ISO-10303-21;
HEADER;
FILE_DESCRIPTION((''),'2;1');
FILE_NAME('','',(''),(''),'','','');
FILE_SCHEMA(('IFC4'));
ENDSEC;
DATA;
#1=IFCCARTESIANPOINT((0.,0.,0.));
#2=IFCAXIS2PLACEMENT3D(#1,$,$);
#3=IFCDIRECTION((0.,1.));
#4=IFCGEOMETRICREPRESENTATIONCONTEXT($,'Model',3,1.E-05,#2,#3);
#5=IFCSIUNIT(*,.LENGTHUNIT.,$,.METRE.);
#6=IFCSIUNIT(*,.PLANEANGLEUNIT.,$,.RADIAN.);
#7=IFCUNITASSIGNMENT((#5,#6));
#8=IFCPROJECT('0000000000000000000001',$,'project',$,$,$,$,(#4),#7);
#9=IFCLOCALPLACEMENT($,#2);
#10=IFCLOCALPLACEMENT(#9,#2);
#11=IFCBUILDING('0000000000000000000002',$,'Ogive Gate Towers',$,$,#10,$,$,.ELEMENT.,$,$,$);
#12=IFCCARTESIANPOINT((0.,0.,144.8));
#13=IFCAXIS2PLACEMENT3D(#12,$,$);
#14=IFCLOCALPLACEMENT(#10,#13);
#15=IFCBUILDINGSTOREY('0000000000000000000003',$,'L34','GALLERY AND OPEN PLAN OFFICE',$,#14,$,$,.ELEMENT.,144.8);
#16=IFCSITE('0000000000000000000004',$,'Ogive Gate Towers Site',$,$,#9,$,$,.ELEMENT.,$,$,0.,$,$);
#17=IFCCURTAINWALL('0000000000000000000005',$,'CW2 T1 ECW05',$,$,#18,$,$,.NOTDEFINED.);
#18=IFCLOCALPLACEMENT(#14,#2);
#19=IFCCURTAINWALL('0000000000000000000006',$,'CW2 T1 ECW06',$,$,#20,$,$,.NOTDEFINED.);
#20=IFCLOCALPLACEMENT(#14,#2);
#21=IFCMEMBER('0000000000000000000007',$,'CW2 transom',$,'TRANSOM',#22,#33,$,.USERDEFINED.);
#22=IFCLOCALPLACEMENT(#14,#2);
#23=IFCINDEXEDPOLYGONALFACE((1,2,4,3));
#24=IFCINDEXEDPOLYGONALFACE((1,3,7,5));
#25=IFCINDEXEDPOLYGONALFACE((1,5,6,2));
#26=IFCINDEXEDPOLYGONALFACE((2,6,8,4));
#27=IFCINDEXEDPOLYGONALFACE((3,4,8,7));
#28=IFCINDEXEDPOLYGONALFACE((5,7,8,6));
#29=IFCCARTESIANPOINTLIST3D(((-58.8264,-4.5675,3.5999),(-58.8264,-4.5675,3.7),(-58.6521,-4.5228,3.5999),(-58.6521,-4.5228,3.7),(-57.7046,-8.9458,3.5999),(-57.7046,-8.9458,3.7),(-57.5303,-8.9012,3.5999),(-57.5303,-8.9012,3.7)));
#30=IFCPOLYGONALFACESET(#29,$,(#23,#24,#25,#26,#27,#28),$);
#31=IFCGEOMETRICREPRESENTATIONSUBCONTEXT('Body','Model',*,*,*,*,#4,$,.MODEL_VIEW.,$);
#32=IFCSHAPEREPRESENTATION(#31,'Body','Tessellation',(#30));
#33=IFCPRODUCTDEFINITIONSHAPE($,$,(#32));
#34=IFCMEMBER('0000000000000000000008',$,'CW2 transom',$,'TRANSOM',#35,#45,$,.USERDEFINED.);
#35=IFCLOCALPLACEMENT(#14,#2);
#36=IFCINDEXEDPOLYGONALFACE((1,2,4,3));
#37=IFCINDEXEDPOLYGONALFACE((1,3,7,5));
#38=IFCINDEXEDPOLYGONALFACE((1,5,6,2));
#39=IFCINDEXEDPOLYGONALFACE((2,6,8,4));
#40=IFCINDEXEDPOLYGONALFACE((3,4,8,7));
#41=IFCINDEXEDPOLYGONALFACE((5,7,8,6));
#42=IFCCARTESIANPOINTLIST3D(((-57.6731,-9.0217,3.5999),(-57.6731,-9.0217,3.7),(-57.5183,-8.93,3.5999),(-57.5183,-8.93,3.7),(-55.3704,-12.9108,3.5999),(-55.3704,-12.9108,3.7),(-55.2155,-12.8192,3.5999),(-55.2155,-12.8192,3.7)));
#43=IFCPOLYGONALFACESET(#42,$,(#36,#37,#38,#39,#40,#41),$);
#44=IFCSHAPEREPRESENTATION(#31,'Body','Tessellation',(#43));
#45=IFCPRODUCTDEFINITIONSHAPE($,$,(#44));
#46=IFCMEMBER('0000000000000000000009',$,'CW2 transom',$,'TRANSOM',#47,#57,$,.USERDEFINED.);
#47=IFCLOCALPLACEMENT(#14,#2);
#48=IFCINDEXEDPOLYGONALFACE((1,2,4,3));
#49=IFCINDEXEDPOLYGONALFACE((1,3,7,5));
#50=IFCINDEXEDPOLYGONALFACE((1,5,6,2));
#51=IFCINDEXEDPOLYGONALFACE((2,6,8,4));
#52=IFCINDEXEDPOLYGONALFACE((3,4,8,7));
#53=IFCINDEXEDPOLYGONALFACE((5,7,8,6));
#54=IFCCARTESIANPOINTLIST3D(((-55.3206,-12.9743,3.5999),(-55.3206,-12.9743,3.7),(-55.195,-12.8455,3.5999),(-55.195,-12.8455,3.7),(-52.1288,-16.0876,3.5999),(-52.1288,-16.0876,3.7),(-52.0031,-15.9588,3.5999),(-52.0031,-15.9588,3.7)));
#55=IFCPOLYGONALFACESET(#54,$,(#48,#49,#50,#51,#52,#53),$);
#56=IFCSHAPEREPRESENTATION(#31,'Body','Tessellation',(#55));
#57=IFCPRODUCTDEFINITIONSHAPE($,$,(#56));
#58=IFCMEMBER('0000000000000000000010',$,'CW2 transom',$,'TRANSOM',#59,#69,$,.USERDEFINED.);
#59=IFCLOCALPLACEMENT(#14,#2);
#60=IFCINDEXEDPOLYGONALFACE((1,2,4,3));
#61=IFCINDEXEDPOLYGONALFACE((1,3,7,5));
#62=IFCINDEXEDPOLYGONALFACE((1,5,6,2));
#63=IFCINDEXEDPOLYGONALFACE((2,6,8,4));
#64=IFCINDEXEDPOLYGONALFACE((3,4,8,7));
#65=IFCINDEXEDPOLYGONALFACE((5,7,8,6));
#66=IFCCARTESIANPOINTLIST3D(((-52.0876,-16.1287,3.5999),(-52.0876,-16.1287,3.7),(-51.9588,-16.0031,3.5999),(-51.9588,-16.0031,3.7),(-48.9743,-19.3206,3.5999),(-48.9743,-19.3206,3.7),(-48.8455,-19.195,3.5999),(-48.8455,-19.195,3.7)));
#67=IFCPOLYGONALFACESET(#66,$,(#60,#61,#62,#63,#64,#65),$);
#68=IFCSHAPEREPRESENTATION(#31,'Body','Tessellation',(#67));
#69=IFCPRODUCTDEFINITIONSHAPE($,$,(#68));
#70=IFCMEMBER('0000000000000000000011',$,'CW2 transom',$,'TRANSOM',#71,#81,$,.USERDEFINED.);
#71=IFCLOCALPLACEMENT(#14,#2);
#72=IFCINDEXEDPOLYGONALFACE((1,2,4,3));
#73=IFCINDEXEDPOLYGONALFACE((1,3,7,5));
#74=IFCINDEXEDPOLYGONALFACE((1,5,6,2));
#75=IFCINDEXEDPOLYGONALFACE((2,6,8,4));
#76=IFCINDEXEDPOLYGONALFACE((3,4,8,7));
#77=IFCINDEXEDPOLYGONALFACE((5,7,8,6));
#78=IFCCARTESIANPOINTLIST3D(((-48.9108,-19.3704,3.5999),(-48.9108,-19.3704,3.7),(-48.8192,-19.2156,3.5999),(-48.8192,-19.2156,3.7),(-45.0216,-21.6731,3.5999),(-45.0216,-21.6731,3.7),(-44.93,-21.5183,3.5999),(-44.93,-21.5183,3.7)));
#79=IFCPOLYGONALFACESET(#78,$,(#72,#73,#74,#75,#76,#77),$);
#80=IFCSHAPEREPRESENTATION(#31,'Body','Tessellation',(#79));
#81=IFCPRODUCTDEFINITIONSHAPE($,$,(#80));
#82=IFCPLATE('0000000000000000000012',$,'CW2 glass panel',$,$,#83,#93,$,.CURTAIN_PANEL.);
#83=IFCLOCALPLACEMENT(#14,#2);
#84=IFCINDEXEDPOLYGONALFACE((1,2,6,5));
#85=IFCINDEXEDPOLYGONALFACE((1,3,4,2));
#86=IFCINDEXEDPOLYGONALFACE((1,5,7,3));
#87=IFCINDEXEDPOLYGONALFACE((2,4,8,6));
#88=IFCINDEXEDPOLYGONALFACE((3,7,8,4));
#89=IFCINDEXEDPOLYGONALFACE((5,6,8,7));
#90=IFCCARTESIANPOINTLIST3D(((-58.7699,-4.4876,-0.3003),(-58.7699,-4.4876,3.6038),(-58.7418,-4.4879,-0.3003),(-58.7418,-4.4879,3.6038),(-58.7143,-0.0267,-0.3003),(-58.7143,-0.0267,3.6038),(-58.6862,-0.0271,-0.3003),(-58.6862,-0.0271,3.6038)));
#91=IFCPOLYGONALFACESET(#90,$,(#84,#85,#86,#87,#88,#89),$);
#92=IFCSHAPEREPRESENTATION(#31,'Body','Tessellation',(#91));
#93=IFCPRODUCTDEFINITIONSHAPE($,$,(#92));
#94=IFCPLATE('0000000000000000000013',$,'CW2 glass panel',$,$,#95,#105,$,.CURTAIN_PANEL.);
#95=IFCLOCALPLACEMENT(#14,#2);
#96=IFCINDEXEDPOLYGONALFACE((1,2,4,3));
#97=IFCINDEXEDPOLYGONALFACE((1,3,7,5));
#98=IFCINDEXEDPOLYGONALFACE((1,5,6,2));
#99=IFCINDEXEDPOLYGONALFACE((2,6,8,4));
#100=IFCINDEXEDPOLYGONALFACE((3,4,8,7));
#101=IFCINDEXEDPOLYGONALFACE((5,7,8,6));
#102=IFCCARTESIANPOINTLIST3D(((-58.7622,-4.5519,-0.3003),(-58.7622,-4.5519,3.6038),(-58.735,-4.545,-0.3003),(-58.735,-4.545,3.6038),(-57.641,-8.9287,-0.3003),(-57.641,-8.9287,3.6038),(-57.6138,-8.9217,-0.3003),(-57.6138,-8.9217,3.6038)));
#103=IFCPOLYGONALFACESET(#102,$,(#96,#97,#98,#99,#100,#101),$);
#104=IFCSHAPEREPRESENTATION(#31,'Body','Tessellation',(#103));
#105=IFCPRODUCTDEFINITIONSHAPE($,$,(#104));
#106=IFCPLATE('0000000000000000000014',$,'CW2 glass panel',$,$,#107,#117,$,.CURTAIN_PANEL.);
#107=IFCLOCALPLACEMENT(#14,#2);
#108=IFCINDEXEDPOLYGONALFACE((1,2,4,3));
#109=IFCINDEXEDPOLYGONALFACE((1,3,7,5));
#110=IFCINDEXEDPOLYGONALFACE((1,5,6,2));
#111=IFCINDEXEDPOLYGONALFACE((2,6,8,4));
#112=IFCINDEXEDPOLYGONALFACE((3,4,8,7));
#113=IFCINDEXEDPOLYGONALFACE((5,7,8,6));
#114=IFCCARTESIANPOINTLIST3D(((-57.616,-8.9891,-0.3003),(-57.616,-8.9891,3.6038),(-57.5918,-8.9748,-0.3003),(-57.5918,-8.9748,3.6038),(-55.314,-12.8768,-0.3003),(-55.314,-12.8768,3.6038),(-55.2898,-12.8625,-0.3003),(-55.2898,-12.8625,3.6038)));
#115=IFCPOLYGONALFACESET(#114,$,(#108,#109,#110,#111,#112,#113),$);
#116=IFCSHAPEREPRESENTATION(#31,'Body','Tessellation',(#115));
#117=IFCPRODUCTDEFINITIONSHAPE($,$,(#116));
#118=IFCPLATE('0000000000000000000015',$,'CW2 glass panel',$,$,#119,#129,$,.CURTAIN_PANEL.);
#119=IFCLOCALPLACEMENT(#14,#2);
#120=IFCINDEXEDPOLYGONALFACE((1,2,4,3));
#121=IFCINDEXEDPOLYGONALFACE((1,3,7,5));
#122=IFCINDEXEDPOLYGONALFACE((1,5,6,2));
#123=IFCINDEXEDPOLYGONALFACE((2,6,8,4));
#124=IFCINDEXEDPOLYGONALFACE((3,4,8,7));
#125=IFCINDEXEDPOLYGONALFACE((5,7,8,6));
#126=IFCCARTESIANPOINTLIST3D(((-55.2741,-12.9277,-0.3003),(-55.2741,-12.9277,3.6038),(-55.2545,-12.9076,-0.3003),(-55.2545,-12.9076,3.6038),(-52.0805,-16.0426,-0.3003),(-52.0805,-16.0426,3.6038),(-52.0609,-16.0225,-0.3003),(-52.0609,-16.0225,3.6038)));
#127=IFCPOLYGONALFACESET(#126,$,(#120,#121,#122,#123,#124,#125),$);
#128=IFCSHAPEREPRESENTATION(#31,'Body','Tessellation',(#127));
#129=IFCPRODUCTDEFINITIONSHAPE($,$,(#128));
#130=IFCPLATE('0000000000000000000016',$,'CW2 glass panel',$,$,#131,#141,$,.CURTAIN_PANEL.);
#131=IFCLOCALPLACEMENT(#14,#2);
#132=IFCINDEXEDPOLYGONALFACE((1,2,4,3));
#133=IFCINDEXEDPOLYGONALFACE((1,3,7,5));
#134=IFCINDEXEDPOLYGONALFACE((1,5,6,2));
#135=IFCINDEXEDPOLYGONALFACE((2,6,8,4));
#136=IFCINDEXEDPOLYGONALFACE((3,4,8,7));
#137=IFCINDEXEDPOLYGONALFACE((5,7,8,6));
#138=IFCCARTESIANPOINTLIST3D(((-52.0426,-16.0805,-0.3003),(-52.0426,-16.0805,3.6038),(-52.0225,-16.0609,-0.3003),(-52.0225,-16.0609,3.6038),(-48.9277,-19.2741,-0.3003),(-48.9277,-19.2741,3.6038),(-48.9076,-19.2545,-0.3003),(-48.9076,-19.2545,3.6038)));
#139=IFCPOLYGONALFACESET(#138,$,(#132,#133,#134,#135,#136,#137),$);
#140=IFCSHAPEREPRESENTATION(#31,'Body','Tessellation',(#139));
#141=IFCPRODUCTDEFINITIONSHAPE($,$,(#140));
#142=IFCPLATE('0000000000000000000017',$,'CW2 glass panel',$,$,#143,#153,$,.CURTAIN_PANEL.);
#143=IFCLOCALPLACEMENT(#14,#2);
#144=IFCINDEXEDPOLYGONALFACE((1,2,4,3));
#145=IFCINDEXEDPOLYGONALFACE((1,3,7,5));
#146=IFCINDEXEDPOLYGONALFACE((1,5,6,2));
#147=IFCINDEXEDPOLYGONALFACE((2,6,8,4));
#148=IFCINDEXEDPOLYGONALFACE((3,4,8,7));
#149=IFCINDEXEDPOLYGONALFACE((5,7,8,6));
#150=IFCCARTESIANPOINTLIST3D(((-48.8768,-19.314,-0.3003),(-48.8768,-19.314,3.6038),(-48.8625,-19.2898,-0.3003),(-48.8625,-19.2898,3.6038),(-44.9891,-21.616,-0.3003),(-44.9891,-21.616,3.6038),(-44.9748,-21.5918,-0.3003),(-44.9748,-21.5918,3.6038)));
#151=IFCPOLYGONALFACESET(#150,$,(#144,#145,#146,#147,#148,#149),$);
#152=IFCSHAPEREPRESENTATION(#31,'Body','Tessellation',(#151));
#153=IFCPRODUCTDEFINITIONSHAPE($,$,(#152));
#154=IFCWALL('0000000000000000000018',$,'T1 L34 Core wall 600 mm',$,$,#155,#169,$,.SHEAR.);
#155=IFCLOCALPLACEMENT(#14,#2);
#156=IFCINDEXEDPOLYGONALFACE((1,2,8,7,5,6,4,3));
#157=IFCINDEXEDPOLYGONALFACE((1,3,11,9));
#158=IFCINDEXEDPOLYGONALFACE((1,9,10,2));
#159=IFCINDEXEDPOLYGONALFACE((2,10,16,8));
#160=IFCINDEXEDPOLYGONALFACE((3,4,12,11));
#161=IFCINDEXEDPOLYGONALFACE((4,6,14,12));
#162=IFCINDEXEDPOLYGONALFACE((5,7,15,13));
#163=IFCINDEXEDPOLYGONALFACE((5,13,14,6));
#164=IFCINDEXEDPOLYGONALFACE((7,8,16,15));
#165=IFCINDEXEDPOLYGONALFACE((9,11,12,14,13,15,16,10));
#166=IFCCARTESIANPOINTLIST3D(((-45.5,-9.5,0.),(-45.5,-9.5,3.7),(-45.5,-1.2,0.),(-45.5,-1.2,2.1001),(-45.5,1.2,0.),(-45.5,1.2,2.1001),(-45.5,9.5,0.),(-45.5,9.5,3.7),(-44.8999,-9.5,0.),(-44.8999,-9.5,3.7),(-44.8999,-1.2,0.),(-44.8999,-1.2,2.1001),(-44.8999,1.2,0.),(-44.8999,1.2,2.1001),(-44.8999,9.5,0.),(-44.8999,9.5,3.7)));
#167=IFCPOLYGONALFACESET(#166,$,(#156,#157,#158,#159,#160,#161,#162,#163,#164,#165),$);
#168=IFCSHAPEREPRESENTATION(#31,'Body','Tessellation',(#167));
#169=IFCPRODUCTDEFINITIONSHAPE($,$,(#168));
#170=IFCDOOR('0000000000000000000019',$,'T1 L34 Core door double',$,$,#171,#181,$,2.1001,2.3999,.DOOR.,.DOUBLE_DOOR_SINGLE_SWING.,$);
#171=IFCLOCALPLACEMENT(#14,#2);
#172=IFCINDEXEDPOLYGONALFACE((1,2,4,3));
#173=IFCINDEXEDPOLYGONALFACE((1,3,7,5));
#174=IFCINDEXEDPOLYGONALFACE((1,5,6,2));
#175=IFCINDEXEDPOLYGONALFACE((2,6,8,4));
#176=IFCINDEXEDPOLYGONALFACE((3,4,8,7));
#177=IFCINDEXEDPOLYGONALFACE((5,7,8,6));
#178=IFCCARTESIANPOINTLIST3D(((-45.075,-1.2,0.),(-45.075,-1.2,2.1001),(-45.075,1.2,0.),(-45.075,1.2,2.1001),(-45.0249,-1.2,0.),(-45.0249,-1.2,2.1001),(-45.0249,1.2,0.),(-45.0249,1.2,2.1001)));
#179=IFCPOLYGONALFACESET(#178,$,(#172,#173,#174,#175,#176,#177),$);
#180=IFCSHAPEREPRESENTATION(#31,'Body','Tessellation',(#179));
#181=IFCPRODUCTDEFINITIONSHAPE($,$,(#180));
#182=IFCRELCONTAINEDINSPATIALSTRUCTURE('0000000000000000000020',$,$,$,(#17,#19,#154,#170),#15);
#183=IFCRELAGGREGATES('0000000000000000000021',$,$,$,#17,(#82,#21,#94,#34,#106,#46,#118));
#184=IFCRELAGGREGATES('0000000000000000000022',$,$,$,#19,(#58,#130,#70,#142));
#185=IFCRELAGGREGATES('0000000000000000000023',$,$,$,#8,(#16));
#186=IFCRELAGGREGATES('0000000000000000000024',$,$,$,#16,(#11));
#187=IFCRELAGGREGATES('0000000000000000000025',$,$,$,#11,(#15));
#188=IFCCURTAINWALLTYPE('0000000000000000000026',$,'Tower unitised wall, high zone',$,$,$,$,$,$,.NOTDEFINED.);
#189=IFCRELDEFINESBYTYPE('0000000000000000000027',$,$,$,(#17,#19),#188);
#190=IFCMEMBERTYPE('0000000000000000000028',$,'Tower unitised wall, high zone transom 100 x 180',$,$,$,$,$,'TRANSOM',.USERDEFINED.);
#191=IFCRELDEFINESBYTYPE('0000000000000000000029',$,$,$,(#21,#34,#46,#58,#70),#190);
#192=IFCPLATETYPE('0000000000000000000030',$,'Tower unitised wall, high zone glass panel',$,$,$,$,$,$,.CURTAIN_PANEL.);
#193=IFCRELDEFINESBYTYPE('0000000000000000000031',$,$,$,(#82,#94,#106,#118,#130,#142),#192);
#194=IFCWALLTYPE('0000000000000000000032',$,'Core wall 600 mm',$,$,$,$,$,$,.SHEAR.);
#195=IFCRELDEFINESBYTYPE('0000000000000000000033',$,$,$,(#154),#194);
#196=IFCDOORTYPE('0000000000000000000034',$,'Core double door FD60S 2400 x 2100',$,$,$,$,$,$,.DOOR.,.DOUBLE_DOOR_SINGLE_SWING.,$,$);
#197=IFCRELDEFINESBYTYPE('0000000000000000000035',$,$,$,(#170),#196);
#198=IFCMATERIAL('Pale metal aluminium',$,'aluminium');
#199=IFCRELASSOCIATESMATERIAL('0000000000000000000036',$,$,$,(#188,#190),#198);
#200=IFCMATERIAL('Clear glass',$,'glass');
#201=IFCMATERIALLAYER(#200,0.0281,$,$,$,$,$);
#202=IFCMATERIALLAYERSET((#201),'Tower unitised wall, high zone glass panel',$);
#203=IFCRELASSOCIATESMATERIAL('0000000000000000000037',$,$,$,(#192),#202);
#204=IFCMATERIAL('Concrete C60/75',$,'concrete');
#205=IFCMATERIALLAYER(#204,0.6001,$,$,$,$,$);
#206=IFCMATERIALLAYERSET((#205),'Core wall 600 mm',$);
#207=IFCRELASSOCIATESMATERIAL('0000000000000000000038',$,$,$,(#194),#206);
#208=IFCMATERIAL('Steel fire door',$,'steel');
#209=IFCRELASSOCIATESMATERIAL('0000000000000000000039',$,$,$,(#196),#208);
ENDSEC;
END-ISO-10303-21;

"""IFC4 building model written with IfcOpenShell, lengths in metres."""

from ifc_helpers import new_model, si_unit, direction, frame, frame_2d, origin, origin_2d, place, context, subcontext, project, spatial, rectangle, extrude, material, layer, layer_set, material_profile, profile_set, type_object, element, fill, aggregate, save


model = new_model("IFC4")

# Units and contexts
model_context = context("Model", 3, precision=1e-05, world=origin(), true_north=direction((0.0, 1.0)))
body_context = subcontext(model_context, "Body", "Model", "MODEL_VIEW")
ifc_project = project(units=[si_unit("LENGTHUNIT", "METRE"), si_unit("PLANEANGLEUNIT", "RADIAN")], contexts=[model_context])

# Site, building, storey
site_placement = place(None, origin())
site = spatial("IfcSite", under=ifc_project, at=site_placement, Name="Ogive Gate Towers Site", CompositionType="ELEMENT", RefElevation=0.0)
building_placement = place(site_placement, origin())
building = spatial("IfcBuilding", under=site, at=building_placement, Name="Ogive Gate Towers", CompositionType="ELEMENT")
storey_placement = place(building_placement, frame((0.0, 0.0, 144.8)))
storey = spatial("IfcBuildingStorey", under=building, at=storey_placement, Name="L34", Description="GALLERY AND OPEN PLAN OFFICE", CompositionType="ELEMENT", Elevation=144.8)

# Curtain walls
ifc_material_1 = material(Name="Pale metal aluminium", Category="aluminium")
curtain_wall_type = type_object("IfcCurtainWallType", Name="Tower unitised wall, high zone", PredefinedType="NOTDEFINED", material=ifc_material_1)
curtain_wall_1_placement = place(storey_placement, origin())
curtain_wall_1 = element("IfcCurtainWall", 1, at=curtain_wall_1_placement, inside=storey, type_object=curtain_wall_type, Name="CW2 T1 ECW05", PredefinedType="NOTDEFINED")
curtain_wall_2_placement = place(storey_placement, origin())
curtain_wall_2 = element("IfcCurtainWall", 2, at=curtain_wall_2_placement, inside=storey, type_object=curtain_wall_type, Name="CW2 T1 ECW06", PredefinedType="NOTDEFINED")

# Members
ifc_material_profile_1 = material_profile(ifc_material_1, rectangle(XDim=0.1799, YDim=0.1001, at=origin_2d()), Name="100 x 180 aluminium box")
ifc_profile_set_1 = profile_set([ifc_material_profile_1], Name="Pale metal aluminium")
member_type_1 = type_object("IfcMemberType", Name="Tower unitised wall, high zone transom 100 x 180", ElementType="TRANSOM", PredefinedType="USERDEFINED", material=ifc_profile_set_1)
member_1_placement = place(storey_placement, frame((-58.7393, -4.5452, 3.6499), z_axis=(0.2482, -0.968709, 0.0), x_axis=(0.968709, 0.2482, 0.0)))
member_1 = element("IfcMember", 3, at=member_1_placement, type_object=member_type_1, Name="CW2 transom", ObjectType="TRANSOM", PredefinedType="USERDEFINED", context=body_context, shape_type="SweptSolid", body=[
    extrude(rectangle(XDim=0.1799, YDim=0.1001, at=origin_2d()), origin(), (0.0, 0.0, 1.0), 4.5198),
])
member_2_placement = place(storey_placement, frame((-57.5957, -8.9758, 3.6499), z_axis=(0.509483, -0.860481, 0.0), x_axis=(0.860481, 0.509483, 0.0)))
member_2 = element("IfcMember", 4, at=member_2_placement, type_object=member_type_1, Name="CW2 transom", ObjectType="TRANSOM", PredefinedType="USERDEFINED", context=body_context, shape_type="SweptSolid", body=[
    extrude(rectangle(XDim=0.1799, YDim=0.1001, at=origin_2d()), origin(), (0.0, 0.0, 1.0), 4.5198),
])
member_3_placement = place(storey_placement, frame((-55.2578, -12.9099, 3.6499), z_axis=(0.715867, -0.698236, 0.0), x_axis=(0.698236, 0.715867, 0.0)))
member_3 = element("IfcMember", 5, at=member_3_placement, type_object=member_type_1, Name="CW2 transom", ObjectType="TRANSOM", PredefinedType="USERDEFINED", context=body_context, shape_type="SweptSolid", body=[
    extrude(rectangle(XDim=0.1799, YDim=0.1001, at=origin_2d()), origin(), (0.0, 0.0, 1.0), 4.4587),
])
member_4_placement = place(storey_placement, frame((-52.0232, -16.0659, 3.6499), z_axis=(0.698236, -0.715867, 0.0), x_axis=(0.715867, 0.698236, 0.0)))
member_4 = element("IfcMember", 6, at=member_4_placement, type_object=member_type_1, Name="CW2 transom", ObjectType="TRANSOM", PredefinedType="USERDEFINED", context=body_context, shape_type="SweptSolid", body=[
    extrude(rectangle(XDim=0.1799, YDim=0.1001, at=origin_2d()), origin(), (0.0, 0.0, 1.0), 4.4587),
])
member_5_placement = place(storey_placement, frame((-48.865, -19.293, 3.6499), z_axis=(0.860481, -0.509483, 0.0), x_axis=(0.509483, 0.860481, 0.0)))
member_5 = element("IfcMember", 7, at=member_5_placement, type_object=member_type_1, Name="CW2 transom", ObjectType="TRANSOM", PredefinedType="USERDEFINED", context=body_context, shape_type="SweptSolid", body=[
    extrude(rectangle(XDim=0.1799, YDim=0.1001, at=origin_2d()), origin(), (0.0, 0.0, 1.0), 4.5198),
])

# Plates
ifc_material_2 = material(Name="Clear glass", Category="glass")
ifc_layer_1 = layer(ifc_material_2, 0.0281)
ifc_layer_set_1 = layer_set([ifc_layer_1], Name="Tower unitised wall, high zone glass panel")
plate_type = type_object("IfcPlateType", Name="Tower unitised wall, high zone glass panel", PredefinedType="CURTAIN_PANEL", material=ifc_layer_set_1)
plate_1_placement = place(storey_placement, frame((-58.728, -2.2573, -0.3003), z_axis=(0.0, 0.0, 1.0), x_axis=(-0.012461, -0.999922, 0.0)))
plate_1 = element("IfcPlate", 8, at=plate_1_placement, type_object=plate_type, Name="CW2 glass panel", PredefinedType="CURTAIN_PANEL", context=body_context, shape_type="SweptSolid", body=[
    extrude(rectangle(XDim=4.4612, YDim=0.0281, at=origin_2d()), origin(), (0.0, 0.0, 1.0), 3.9041),
])
plate_2_placement = place(storey_placement, frame((-58.188, -6.7368, -0.3003), z_axis=(0.0, 0.0, 1.0), x_axis=(0.248166, -0.968718, 0.0)))
plate_2 = element("IfcPlate", 9, at=plate_2_placement, type_object=plate_type, Name="CW2 glass panel", PredefinedType="CURTAIN_PANEL", context=body_context, shape_type="SweptSolid", body=[
    extrude(rectangle(XDim=4.5181, YDim=0.0281, at=origin_2d()), origin(), (0.0, 0.0, 1.0), 3.9041),
])
plate_3_placement = place(storey_placement, frame((-56.4529, -10.9258, -0.3003), z_axis=(0.0, 0.0, 1.0), x_axis=(0.509507, -0.860466, 0.0)))
plate_3 = element("IfcPlate", 10, at=plate_3_placement, type_object=plate_type, Name="CW2 glass panel", PredefinedType="CURTAIN_PANEL", context=body_context, shape_type="SweptSolid", body=[
    extrude(rectangle(XDim=4.5181, YDim=0.0281, at=origin_2d()), origin(), (0.0, 0.0, 1.0), 3.9041),
])
plate_4_placement = place(storey_placement, frame((-53.6675, -14.4751, -0.3003), z_axis=(0.0, 0.0, 1.0), x_axis=(0.715863, -0.69824, 0.0)))
plate_4 = element("IfcPlate", 11, at=plate_4_placement, type_object=plate_type, Name="CW2 glass panel", PredefinedType="CURTAIN_PANEL", context=body_context, shape_type="SweptSolid", body=[
    extrude(rectangle(XDim=4.4612, YDim=0.0281, at=origin_2d()), origin(), (0.0, 0.0, 1.0), 3.9041),
])
aggregate(curtain_wall_1, [plate_1, member_1, plate_2, member_2, plate_3, member_3, plate_4])
plate_5_placement = place(storey_placement, frame((-50.4751, -17.6675, -0.3003), z_axis=(0.0, 0.0, 1.0), x_axis=(0.69824, -0.715863, 0.0)))
plate_5 = element("IfcPlate", 12, at=plate_5_placement, type_object=plate_type, Name="CW2 glass panel", PredefinedType="CURTAIN_PANEL", context=body_context, shape_type="SweptSolid", body=[
    extrude(rectangle(XDim=4.4612, YDim=0.0281, at=origin_2d()), origin(), (0.0, 0.0, 1.0), 3.9041),
])
plate_6_placement = place(storey_placement, frame((-46.9258, -20.4529, -0.3003), z_axis=(0.0, 0.0, 1.0), x_axis=(0.860466, -0.509507, 0.0)))
plate_6 = element("IfcPlate", 13, at=plate_6_placement, type_object=plate_type, Name="CW2 glass panel", PredefinedType="CURTAIN_PANEL", context=body_context, shape_type="SweptSolid", body=[
    extrude(rectangle(XDim=4.5181, YDim=0.0281, at=origin_2d()), origin(), (0.0, 0.0, 1.0), 3.9041),
])
aggregate(curtain_wall_2, [member_4, plate_5, member_5, plate_6])

# Wall, opening, door
ifc_material_3 = material(Name="Concrete C60/75", Category="concrete")
ifc_layer_2 = layer(ifc_material_3, 0.6001)
ifc_layer_set_2 = layer_set([ifc_layer_2], Name="Core wall 600 mm")
wall_type_1 = type_object("IfcWallType", Name="Core wall 600 mm", PredefinedType="SHEAR", material=ifc_layer_set_2)
wall_1_placement = place(storey_placement, frame((-45.2, -9.5, 0.0), z_axis=(0.0, 0.0, 1.0), x_axis=(0.0, 1.0, 0.0)))
wall_1 = element("IfcWall", 14, at=wall_1_placement, inside=storey, type_object=wall_type_1, Name="T1 L34 Core wall 600 mm", PredefinedType="SHEAR", context=body_context, shape_type="SweptSolid", body=[
    extrude(rectangle(XDim=19.0, YDim=0.6001, at=frame_2d((9.5, 0.0))), origin(), (0.0, 0.0, 1.0), 3.7),
])
opening_1_placement = place(wall_1_placement, frame((8.3, 0.0, 0.0)))
opening_1 = element("IfcOpeningElement", 15, at=opening_1_placement, cuts=wall_1, PredefinedType="OPENING", context=body_context, shape_type="SweptSolid", body=[
    extrude(rectangle(XDim=2.3999, YDim=2.1001, at=frame_2d((1.2, 1.05))), frame((0.0, 0.3101, 0.0), z_axis=(0.0, -1.0, 0.0), x_axis=(1.0, 0.0, 0.0)), (0.0, 0.0, 1.0), 0.6201),
])
ifc_material_4 = material(Name="Steel fire door", Category="steel")
door_type_1 = type_object("IfcDoorType", Name="Core double door FD60S 2400 x 2100", OperationType="DOUBLE_DOOR_SINGLE_SWING", PredefinedType="DOOR", material=ifc_material_4)
door_1_placement = place(opening_1_placement, origin())
door_1 = element("IfcDoor", 16, at=door_1_placement, inside=storey, type_object=door_type_1, Name="T1 L34 Core door double", OperationType="DOUBLE_DOOR_SINGLE_SWING", OverallHeight=2.1001, OverallWidth=2.3999, PredefinedType="DOOR", context=body_context, shape_type="SweptSolid", body=[
    extrude(rectangle(XDim=2.3999, YDim=2.1001, at=frame_2d((1.2, 1.05))), frame((0.0, -0.125, 0.0), z_axis=(0.0, -1.0, 0.0), x_axis=(1.0, 0.0, 0.0)), (0.0, 0.0, 1.0), 0.05),
])
fill(opening_1, door_1)

save(model, "model.ifc")
